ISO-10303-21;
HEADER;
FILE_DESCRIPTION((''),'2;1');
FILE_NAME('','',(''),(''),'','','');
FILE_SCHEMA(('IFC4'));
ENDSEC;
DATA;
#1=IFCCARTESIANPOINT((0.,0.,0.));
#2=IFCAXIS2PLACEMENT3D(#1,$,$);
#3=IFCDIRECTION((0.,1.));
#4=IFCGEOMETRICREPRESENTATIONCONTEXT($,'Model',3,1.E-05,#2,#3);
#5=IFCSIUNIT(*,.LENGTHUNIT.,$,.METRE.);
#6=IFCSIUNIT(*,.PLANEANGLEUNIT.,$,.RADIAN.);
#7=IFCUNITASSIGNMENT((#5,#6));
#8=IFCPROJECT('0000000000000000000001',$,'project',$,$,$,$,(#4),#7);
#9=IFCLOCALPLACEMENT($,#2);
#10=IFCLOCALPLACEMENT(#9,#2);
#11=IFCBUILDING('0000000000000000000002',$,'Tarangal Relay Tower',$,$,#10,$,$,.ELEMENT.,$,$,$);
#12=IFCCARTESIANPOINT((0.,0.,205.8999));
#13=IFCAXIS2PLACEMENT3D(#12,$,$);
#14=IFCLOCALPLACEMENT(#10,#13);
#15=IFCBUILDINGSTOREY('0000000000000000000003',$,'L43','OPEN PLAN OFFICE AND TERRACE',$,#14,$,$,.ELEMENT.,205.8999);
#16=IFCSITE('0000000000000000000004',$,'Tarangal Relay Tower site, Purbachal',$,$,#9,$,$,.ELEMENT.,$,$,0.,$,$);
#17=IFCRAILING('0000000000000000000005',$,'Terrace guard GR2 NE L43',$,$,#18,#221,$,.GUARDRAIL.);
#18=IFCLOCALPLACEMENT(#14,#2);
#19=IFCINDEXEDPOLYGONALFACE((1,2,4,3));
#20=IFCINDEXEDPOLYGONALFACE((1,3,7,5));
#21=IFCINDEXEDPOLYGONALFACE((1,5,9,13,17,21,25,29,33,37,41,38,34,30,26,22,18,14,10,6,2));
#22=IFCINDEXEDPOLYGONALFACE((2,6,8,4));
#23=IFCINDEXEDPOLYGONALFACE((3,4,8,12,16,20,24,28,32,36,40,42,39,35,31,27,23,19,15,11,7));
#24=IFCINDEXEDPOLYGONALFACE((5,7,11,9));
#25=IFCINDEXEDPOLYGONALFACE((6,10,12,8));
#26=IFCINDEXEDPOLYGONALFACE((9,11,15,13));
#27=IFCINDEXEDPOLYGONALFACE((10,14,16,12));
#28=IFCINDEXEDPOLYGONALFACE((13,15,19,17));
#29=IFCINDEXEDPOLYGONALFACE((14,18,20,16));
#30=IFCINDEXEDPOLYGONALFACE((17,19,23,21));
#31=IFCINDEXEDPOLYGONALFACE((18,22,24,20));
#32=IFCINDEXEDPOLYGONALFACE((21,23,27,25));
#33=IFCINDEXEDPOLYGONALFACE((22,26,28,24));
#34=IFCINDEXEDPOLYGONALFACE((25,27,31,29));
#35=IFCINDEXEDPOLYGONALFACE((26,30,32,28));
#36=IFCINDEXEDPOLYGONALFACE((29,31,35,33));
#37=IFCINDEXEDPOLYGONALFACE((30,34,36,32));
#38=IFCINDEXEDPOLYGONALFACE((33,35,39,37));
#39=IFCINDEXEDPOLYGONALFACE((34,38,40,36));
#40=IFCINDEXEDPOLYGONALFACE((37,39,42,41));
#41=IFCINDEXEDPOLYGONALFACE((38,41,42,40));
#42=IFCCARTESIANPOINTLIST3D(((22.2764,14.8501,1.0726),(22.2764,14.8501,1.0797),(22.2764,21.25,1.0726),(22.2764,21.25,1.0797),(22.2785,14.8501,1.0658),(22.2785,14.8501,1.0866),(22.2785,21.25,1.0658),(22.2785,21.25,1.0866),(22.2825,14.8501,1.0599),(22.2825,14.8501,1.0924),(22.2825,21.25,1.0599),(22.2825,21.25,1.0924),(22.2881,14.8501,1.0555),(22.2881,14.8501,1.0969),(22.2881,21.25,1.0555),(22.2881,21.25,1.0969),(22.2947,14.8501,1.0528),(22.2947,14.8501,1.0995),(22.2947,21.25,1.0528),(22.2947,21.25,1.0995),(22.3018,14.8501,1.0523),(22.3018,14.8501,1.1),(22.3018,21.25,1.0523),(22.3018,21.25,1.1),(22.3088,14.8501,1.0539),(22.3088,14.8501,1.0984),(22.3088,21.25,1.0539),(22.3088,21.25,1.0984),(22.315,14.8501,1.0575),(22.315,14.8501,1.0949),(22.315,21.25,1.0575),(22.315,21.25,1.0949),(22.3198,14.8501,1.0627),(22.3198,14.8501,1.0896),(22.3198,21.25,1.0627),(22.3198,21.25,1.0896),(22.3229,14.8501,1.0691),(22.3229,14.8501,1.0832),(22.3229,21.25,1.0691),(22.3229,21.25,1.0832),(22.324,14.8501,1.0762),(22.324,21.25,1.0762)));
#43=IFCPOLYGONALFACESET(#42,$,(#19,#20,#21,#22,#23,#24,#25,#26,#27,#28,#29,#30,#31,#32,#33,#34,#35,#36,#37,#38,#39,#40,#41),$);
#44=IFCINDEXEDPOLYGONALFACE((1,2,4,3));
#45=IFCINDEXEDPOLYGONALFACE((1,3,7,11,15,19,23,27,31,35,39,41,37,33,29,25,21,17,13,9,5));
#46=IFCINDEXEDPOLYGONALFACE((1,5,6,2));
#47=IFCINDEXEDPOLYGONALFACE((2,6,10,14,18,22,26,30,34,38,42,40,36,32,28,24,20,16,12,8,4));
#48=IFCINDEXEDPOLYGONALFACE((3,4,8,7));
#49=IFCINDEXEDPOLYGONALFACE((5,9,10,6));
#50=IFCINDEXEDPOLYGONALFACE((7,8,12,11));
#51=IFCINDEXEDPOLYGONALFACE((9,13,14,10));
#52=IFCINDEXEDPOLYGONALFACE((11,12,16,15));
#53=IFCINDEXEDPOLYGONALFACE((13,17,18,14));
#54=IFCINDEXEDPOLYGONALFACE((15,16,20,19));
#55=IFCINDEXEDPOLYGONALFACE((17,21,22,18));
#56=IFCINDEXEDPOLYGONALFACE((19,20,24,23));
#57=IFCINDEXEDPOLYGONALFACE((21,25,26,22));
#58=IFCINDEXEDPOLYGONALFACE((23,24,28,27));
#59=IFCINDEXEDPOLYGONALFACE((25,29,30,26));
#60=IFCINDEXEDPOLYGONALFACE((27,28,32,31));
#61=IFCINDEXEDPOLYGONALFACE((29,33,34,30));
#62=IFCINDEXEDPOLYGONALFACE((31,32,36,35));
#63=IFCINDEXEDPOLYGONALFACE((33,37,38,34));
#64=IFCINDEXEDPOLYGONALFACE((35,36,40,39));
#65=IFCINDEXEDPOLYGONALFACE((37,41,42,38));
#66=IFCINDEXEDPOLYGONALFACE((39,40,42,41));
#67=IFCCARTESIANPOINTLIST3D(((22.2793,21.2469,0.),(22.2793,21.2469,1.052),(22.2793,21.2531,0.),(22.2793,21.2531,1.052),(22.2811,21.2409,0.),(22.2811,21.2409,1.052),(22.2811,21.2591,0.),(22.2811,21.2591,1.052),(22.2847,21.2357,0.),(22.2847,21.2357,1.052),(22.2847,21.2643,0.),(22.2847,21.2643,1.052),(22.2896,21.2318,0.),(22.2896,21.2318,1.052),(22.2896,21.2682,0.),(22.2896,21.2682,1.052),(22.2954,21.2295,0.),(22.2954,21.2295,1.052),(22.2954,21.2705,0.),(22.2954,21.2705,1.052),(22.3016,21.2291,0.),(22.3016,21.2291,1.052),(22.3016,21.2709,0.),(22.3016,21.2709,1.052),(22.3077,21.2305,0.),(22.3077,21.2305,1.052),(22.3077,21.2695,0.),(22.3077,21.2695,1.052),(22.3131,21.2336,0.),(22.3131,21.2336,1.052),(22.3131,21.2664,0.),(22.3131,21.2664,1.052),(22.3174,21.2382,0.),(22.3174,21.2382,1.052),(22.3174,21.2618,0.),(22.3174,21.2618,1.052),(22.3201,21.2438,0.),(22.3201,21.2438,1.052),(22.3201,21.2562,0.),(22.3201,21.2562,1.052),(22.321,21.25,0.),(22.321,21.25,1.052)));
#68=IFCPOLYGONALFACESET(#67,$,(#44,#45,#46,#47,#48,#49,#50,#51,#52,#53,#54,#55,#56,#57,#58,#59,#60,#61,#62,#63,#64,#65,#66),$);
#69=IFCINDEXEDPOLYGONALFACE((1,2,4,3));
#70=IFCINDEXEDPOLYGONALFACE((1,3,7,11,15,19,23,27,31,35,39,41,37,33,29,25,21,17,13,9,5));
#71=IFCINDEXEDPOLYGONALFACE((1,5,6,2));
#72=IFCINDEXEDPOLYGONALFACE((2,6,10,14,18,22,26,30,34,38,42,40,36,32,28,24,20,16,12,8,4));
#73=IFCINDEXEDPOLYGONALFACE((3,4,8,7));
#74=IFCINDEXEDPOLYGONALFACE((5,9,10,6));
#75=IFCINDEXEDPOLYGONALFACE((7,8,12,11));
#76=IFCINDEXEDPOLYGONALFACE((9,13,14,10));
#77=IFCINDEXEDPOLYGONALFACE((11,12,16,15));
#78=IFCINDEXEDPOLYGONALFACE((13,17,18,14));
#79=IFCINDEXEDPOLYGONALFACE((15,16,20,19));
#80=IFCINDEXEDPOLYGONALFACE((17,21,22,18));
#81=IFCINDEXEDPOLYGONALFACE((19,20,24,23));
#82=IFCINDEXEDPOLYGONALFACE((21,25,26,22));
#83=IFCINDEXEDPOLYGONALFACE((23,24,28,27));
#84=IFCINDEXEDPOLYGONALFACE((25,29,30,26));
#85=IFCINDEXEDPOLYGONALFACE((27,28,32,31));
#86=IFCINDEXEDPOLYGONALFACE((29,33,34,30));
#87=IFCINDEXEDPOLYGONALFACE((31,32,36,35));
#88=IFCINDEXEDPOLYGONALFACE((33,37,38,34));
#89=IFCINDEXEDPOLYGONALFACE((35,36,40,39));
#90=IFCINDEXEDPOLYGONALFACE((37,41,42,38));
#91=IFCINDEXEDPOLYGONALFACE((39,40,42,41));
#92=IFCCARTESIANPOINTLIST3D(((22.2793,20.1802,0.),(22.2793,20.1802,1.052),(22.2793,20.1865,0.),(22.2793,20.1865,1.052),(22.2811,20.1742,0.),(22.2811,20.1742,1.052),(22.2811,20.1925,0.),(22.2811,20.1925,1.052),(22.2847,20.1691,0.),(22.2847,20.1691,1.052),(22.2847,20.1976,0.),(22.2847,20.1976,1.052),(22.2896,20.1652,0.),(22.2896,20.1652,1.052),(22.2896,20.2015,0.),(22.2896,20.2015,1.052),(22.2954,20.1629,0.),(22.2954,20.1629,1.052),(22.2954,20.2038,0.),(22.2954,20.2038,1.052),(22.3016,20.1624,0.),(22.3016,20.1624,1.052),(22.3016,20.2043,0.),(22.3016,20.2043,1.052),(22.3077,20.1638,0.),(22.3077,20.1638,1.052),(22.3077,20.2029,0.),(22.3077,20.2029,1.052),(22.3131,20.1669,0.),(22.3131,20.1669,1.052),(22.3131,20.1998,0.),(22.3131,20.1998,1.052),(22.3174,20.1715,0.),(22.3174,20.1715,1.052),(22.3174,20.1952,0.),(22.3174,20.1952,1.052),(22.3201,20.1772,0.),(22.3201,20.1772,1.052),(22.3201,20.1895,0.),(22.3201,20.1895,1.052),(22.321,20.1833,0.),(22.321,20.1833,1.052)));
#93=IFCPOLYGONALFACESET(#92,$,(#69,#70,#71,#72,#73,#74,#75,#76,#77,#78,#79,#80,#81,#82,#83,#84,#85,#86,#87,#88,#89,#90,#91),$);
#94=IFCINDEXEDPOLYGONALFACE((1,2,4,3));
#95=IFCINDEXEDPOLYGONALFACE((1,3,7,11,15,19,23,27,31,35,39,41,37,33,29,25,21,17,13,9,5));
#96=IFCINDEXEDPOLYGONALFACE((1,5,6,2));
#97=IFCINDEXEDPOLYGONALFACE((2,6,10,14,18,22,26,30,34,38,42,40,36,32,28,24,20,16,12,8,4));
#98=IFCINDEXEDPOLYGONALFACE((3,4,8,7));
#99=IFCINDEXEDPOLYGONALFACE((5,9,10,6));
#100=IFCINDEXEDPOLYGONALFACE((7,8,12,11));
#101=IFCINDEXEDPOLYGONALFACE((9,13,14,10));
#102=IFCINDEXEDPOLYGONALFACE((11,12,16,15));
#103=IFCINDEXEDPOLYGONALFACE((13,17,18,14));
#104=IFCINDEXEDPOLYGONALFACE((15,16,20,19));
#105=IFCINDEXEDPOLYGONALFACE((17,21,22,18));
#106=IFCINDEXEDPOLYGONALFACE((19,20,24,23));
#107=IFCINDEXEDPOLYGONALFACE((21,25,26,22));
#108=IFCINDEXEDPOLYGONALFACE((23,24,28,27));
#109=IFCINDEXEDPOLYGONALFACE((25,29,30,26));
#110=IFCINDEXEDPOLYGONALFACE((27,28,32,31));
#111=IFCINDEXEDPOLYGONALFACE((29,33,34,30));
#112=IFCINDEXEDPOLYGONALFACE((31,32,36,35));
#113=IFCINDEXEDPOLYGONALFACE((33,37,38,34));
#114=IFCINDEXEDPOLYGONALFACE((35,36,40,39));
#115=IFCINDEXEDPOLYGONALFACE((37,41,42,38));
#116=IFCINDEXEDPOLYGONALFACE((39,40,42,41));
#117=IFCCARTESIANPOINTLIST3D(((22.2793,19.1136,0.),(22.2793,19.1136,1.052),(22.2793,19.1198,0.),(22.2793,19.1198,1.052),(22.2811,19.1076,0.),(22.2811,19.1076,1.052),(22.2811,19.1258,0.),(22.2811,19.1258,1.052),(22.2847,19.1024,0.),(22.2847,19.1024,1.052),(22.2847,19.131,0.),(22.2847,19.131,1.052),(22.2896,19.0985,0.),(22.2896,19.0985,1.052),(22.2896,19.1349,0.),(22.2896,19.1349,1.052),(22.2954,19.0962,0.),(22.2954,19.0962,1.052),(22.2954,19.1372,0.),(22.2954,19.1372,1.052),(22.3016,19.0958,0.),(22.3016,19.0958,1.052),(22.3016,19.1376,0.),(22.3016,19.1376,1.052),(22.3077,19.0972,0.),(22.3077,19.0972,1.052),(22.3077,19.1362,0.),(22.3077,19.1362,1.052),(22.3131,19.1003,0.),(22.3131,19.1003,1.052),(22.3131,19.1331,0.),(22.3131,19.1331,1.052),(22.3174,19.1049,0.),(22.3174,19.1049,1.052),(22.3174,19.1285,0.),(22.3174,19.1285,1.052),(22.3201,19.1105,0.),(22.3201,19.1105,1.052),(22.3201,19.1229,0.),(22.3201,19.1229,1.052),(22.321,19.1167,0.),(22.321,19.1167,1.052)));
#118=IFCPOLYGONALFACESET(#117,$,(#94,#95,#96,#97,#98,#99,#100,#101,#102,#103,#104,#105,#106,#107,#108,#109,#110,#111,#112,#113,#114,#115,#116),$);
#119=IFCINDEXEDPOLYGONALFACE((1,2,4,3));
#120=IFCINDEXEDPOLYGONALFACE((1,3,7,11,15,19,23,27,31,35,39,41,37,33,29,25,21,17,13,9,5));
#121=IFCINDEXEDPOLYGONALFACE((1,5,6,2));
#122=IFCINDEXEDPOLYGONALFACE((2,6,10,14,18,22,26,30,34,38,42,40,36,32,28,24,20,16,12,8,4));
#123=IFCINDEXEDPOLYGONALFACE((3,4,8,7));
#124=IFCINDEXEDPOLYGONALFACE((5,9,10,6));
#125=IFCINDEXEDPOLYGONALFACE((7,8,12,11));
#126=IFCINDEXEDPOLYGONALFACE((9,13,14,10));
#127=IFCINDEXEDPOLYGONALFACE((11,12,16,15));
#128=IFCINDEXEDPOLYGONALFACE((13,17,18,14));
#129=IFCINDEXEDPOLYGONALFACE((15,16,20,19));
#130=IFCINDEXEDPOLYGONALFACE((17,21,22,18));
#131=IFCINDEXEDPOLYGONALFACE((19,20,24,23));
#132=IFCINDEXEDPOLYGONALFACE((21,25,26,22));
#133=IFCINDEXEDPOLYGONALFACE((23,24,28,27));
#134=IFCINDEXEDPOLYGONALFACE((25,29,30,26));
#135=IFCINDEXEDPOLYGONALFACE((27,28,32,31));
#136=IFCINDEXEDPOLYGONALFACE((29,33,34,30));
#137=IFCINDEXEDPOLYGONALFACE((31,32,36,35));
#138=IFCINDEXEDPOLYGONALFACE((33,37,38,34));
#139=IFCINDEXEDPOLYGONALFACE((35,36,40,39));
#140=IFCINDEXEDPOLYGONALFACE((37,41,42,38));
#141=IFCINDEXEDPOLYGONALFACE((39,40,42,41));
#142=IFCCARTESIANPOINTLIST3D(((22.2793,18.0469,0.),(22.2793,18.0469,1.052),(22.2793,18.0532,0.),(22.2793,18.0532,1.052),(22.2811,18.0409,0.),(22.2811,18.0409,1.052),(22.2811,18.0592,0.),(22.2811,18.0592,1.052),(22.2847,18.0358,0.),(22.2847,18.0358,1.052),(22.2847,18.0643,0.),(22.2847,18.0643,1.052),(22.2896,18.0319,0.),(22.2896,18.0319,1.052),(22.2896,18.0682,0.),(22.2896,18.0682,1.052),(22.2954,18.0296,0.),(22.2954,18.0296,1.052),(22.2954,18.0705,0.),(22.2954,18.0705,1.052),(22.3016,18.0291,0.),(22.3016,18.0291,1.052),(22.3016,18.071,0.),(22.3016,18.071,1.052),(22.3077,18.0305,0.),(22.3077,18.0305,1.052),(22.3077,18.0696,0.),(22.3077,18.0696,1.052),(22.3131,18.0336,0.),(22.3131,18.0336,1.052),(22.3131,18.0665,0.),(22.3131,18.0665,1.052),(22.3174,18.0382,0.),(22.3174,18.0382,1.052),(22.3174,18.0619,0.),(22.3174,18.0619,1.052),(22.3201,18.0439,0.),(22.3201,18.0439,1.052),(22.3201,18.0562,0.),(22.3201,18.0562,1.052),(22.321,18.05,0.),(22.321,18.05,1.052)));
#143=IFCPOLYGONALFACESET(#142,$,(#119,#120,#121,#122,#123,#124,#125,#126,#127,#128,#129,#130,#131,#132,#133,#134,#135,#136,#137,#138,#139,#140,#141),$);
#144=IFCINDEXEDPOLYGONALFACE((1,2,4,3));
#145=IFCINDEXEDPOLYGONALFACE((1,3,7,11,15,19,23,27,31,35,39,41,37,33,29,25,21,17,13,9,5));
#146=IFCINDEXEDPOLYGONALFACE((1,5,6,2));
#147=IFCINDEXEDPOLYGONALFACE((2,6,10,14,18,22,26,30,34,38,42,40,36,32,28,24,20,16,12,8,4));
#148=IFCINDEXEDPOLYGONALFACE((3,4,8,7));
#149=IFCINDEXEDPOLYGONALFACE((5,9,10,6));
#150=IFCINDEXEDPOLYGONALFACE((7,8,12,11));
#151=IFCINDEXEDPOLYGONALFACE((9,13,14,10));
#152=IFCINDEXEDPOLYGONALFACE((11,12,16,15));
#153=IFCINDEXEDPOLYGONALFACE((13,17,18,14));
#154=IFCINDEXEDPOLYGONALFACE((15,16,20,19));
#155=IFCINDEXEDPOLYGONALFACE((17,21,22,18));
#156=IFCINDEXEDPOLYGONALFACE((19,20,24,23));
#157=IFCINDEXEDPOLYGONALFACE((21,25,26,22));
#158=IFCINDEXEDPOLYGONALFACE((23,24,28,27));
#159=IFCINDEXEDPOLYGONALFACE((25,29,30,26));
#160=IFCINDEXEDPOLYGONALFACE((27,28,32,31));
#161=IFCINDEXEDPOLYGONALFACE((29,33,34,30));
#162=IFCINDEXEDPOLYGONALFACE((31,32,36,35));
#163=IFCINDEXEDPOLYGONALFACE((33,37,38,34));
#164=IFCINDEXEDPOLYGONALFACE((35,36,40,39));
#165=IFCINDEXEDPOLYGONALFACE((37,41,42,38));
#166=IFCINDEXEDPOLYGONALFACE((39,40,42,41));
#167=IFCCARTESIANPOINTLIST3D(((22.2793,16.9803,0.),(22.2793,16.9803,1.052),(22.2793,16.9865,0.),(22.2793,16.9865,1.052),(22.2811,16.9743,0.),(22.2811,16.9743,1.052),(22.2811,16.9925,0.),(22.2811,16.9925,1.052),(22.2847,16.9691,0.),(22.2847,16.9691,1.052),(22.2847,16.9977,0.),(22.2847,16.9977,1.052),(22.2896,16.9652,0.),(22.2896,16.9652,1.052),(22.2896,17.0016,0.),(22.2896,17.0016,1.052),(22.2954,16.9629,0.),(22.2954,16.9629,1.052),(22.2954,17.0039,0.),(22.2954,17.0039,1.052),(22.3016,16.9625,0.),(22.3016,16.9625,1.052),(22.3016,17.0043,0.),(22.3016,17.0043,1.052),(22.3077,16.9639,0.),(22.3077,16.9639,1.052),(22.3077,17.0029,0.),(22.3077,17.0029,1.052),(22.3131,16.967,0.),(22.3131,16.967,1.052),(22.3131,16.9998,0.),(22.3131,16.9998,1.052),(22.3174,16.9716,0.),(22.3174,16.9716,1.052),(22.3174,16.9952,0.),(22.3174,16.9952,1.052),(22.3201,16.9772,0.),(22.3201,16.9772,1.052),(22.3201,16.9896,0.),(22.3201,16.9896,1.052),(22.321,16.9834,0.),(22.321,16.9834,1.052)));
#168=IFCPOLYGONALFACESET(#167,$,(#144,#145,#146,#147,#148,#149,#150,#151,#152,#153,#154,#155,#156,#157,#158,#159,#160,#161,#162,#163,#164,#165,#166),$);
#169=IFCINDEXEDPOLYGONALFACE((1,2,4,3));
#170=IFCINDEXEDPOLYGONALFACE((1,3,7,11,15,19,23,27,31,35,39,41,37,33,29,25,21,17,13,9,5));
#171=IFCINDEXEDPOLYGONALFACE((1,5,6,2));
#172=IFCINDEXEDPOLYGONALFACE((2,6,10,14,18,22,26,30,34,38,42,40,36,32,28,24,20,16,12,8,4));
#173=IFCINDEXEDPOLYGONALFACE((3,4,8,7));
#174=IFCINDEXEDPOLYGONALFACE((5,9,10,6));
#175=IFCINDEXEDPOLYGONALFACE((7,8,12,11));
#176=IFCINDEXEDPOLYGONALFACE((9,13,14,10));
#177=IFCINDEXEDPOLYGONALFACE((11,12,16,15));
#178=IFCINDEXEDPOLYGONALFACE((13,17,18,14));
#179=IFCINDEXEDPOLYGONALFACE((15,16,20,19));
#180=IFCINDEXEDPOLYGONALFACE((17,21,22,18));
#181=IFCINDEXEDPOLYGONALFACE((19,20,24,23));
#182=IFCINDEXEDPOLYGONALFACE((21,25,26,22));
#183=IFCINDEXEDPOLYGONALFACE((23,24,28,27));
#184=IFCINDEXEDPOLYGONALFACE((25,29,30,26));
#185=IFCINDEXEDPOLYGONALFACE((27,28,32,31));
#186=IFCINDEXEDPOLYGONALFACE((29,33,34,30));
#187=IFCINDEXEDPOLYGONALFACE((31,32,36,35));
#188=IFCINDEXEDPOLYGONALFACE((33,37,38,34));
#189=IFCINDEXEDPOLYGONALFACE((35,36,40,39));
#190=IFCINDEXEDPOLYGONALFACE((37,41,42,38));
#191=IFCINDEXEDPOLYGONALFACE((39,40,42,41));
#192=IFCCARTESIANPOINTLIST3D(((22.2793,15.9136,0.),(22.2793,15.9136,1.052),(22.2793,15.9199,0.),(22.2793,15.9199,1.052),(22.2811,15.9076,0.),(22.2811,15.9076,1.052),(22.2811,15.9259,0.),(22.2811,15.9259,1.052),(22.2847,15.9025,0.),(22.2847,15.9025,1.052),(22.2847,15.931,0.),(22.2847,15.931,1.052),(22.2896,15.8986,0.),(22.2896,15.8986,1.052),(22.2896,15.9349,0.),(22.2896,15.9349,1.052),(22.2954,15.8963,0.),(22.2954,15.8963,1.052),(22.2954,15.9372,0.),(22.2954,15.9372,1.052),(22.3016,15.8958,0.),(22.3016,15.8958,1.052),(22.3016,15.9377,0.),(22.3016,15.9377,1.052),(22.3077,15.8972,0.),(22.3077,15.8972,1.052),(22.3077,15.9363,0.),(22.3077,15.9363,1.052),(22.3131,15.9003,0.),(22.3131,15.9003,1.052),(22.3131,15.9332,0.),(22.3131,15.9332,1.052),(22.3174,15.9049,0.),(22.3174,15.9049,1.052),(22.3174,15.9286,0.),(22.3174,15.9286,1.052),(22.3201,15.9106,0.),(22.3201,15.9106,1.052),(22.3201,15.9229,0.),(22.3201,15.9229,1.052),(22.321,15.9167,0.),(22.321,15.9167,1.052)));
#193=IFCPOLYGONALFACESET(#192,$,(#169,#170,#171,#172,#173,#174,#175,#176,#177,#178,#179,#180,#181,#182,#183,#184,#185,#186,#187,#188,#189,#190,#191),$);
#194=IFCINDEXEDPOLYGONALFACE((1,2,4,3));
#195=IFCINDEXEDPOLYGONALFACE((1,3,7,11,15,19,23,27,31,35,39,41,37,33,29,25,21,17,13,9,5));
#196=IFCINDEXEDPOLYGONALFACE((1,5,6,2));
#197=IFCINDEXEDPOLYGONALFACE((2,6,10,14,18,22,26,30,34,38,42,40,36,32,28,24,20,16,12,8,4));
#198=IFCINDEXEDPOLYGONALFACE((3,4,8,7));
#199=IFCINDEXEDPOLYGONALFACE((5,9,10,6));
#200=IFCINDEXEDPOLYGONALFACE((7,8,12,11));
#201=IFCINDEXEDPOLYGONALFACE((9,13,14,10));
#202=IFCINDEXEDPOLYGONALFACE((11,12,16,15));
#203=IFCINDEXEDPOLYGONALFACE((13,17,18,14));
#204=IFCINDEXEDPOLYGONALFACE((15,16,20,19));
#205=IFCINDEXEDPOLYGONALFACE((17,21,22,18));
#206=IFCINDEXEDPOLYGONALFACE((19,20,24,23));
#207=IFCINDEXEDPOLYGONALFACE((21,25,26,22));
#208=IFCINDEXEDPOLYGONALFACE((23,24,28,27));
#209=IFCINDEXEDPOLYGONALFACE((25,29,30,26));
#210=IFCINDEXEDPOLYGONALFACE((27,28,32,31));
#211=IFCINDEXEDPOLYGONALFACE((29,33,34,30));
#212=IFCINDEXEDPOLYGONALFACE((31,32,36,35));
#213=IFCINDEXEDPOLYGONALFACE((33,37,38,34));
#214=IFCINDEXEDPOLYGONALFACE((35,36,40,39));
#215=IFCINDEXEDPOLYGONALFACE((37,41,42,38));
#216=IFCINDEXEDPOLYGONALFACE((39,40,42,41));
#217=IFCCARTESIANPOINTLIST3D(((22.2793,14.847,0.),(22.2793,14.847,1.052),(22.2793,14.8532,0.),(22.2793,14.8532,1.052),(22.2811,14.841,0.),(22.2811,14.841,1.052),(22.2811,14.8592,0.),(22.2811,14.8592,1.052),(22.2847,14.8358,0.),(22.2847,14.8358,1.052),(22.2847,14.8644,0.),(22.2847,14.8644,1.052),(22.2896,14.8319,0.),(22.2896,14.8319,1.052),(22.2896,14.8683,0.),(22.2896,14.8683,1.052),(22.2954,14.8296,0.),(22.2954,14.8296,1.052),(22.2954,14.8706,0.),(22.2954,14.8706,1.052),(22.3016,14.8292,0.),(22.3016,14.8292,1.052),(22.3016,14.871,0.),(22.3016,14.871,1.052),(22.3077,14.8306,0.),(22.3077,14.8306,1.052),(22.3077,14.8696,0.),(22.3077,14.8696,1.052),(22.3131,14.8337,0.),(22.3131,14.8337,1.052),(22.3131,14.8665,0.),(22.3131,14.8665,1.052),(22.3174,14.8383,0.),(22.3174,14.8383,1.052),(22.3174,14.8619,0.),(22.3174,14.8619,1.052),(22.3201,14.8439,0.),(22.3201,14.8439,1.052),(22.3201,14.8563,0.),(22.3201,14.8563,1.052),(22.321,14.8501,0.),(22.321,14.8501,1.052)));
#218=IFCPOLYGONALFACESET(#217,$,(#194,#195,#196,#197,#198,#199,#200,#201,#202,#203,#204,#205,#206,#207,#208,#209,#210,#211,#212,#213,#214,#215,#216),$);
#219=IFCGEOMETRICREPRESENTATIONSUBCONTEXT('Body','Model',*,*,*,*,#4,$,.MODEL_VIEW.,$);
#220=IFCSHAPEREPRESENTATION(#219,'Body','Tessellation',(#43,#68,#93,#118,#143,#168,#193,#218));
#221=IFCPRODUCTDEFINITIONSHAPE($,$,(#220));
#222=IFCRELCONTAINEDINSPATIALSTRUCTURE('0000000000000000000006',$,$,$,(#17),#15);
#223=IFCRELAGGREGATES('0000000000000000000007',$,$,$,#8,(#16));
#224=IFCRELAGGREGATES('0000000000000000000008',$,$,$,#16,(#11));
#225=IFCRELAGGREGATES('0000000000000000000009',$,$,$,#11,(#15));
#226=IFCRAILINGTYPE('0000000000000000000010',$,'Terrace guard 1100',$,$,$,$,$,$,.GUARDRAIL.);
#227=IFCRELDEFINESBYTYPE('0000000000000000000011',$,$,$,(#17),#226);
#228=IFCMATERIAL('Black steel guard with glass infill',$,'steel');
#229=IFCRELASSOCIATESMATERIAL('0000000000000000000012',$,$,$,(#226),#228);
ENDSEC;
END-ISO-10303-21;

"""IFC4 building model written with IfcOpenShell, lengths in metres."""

from ifc_helpers import new_model, si_unit, direction, frame, origin, origin_2d, place, context, subcontext, project, spatial, circle, extrude, material, type_object, element, save


model = new_model("IFC4")

# Units and contexts
model_context = context("Model", 3, precision=1e-05, world=origin(), true_north=direction((0.0, 1.0)))
body_context = subcontext(model_context, "Body", "Model", "MODEL_VIEW")
ifc_project = project(units=[si_unit("LENGTHUNIT", "METRE"), si_unit("PLANEANGLEUNIT", "RADIAN")], contexts=[model_context])

# Site, building, storey
site_placement = place(None, origin())
site = spatial("IfcSite", under=ifc_project, at=site_placement, Name="Tarangal Relay Tower site, Purbachal", CompositionType="ELEMENT", RefElevation=0.0)
building_placement = place(site_placement, origin())
building = spatial("IfcBuilding", under=site, at=building_placement, Name="Tarangal Relay Tower", CompositionType="ELEMENT")
storey_placement = place(building_placement, frame((0.0, 0.0, 205.8999)))
storey = spatial("IfcBuildingStorey", under=building, at=storey_placement, Name="L43", Description="OPEN PLAN OFFICE AND TERRACE", CompositionType="ELEMENT", Elevation=205.8999)

# Railing
ifc_material_1 = material(Name="Black steel guard with glass infill", Category="steel")
railing_type = type_object("IfcRailingType", Name="Terrace guard 1100", PredefinedType="GUARDRAIL", material=ifc_material_1)
railing_1_placement = place(storey_placement, frame((22.3, 21.25, 0.0)))
element("IfcRailing", 1, at=railing_1_placement, inside=storey, type_object=railing_type, Name="Terrace guard GR2 NE L43", PredefinedType="GUARDRAIL", context=body_context, shape_type="SweptSolid", body=[
    extrude(circle(Radius=0.0239, at=origin_2d()), frame((0.0, 0.0, 1.0762), z_axis=(0.0, -1.0, 0.0), x_axis=(1.0, 0.0, 0.0)), (0.0, 0.0, 1.0), 6.3999),
    extrude(circle(Radius=0.021, at=origin_2d()), origin(), (0.0, 0.0, 1.0), 1.052),
    extrude(circle(Radius=0.021, at=origin_2d()), frame((0.0, -1.0667, 0.0)), (0.0, 0.0, 1.0), 1.052),
    extrude(circle(Radius=0.021, at=origin_2d()), frame((0.0, -2.1333, 0.0)), (0.0, 0.0, 1.0), 1.052),
    extrude(circle(Radius=0.021, at=origin_2d()), frame((0.0, -3.2, 0.0)), (0.0, 0.0, 1.0), 1.052),
    extrude(circle(Radius=0.021, at=origin_2d()), frame((0.0, -4.2666, 0.0)), (0.0, 0.0, 1.0), 1.052),
    extrude(circle(Radius=0.021, at=origin_2d()), frame((0.0, -5.3333, 0.0)), (0.0, 0.0, 1.0), 1.052),
    extrude(circle(Radius=0.021, at=origin_2d()), frame((0.0, -6.3999, 0.0)), (0.0, 0.0, 1.0), 1.052),
])

save(model, "model.ifc")
